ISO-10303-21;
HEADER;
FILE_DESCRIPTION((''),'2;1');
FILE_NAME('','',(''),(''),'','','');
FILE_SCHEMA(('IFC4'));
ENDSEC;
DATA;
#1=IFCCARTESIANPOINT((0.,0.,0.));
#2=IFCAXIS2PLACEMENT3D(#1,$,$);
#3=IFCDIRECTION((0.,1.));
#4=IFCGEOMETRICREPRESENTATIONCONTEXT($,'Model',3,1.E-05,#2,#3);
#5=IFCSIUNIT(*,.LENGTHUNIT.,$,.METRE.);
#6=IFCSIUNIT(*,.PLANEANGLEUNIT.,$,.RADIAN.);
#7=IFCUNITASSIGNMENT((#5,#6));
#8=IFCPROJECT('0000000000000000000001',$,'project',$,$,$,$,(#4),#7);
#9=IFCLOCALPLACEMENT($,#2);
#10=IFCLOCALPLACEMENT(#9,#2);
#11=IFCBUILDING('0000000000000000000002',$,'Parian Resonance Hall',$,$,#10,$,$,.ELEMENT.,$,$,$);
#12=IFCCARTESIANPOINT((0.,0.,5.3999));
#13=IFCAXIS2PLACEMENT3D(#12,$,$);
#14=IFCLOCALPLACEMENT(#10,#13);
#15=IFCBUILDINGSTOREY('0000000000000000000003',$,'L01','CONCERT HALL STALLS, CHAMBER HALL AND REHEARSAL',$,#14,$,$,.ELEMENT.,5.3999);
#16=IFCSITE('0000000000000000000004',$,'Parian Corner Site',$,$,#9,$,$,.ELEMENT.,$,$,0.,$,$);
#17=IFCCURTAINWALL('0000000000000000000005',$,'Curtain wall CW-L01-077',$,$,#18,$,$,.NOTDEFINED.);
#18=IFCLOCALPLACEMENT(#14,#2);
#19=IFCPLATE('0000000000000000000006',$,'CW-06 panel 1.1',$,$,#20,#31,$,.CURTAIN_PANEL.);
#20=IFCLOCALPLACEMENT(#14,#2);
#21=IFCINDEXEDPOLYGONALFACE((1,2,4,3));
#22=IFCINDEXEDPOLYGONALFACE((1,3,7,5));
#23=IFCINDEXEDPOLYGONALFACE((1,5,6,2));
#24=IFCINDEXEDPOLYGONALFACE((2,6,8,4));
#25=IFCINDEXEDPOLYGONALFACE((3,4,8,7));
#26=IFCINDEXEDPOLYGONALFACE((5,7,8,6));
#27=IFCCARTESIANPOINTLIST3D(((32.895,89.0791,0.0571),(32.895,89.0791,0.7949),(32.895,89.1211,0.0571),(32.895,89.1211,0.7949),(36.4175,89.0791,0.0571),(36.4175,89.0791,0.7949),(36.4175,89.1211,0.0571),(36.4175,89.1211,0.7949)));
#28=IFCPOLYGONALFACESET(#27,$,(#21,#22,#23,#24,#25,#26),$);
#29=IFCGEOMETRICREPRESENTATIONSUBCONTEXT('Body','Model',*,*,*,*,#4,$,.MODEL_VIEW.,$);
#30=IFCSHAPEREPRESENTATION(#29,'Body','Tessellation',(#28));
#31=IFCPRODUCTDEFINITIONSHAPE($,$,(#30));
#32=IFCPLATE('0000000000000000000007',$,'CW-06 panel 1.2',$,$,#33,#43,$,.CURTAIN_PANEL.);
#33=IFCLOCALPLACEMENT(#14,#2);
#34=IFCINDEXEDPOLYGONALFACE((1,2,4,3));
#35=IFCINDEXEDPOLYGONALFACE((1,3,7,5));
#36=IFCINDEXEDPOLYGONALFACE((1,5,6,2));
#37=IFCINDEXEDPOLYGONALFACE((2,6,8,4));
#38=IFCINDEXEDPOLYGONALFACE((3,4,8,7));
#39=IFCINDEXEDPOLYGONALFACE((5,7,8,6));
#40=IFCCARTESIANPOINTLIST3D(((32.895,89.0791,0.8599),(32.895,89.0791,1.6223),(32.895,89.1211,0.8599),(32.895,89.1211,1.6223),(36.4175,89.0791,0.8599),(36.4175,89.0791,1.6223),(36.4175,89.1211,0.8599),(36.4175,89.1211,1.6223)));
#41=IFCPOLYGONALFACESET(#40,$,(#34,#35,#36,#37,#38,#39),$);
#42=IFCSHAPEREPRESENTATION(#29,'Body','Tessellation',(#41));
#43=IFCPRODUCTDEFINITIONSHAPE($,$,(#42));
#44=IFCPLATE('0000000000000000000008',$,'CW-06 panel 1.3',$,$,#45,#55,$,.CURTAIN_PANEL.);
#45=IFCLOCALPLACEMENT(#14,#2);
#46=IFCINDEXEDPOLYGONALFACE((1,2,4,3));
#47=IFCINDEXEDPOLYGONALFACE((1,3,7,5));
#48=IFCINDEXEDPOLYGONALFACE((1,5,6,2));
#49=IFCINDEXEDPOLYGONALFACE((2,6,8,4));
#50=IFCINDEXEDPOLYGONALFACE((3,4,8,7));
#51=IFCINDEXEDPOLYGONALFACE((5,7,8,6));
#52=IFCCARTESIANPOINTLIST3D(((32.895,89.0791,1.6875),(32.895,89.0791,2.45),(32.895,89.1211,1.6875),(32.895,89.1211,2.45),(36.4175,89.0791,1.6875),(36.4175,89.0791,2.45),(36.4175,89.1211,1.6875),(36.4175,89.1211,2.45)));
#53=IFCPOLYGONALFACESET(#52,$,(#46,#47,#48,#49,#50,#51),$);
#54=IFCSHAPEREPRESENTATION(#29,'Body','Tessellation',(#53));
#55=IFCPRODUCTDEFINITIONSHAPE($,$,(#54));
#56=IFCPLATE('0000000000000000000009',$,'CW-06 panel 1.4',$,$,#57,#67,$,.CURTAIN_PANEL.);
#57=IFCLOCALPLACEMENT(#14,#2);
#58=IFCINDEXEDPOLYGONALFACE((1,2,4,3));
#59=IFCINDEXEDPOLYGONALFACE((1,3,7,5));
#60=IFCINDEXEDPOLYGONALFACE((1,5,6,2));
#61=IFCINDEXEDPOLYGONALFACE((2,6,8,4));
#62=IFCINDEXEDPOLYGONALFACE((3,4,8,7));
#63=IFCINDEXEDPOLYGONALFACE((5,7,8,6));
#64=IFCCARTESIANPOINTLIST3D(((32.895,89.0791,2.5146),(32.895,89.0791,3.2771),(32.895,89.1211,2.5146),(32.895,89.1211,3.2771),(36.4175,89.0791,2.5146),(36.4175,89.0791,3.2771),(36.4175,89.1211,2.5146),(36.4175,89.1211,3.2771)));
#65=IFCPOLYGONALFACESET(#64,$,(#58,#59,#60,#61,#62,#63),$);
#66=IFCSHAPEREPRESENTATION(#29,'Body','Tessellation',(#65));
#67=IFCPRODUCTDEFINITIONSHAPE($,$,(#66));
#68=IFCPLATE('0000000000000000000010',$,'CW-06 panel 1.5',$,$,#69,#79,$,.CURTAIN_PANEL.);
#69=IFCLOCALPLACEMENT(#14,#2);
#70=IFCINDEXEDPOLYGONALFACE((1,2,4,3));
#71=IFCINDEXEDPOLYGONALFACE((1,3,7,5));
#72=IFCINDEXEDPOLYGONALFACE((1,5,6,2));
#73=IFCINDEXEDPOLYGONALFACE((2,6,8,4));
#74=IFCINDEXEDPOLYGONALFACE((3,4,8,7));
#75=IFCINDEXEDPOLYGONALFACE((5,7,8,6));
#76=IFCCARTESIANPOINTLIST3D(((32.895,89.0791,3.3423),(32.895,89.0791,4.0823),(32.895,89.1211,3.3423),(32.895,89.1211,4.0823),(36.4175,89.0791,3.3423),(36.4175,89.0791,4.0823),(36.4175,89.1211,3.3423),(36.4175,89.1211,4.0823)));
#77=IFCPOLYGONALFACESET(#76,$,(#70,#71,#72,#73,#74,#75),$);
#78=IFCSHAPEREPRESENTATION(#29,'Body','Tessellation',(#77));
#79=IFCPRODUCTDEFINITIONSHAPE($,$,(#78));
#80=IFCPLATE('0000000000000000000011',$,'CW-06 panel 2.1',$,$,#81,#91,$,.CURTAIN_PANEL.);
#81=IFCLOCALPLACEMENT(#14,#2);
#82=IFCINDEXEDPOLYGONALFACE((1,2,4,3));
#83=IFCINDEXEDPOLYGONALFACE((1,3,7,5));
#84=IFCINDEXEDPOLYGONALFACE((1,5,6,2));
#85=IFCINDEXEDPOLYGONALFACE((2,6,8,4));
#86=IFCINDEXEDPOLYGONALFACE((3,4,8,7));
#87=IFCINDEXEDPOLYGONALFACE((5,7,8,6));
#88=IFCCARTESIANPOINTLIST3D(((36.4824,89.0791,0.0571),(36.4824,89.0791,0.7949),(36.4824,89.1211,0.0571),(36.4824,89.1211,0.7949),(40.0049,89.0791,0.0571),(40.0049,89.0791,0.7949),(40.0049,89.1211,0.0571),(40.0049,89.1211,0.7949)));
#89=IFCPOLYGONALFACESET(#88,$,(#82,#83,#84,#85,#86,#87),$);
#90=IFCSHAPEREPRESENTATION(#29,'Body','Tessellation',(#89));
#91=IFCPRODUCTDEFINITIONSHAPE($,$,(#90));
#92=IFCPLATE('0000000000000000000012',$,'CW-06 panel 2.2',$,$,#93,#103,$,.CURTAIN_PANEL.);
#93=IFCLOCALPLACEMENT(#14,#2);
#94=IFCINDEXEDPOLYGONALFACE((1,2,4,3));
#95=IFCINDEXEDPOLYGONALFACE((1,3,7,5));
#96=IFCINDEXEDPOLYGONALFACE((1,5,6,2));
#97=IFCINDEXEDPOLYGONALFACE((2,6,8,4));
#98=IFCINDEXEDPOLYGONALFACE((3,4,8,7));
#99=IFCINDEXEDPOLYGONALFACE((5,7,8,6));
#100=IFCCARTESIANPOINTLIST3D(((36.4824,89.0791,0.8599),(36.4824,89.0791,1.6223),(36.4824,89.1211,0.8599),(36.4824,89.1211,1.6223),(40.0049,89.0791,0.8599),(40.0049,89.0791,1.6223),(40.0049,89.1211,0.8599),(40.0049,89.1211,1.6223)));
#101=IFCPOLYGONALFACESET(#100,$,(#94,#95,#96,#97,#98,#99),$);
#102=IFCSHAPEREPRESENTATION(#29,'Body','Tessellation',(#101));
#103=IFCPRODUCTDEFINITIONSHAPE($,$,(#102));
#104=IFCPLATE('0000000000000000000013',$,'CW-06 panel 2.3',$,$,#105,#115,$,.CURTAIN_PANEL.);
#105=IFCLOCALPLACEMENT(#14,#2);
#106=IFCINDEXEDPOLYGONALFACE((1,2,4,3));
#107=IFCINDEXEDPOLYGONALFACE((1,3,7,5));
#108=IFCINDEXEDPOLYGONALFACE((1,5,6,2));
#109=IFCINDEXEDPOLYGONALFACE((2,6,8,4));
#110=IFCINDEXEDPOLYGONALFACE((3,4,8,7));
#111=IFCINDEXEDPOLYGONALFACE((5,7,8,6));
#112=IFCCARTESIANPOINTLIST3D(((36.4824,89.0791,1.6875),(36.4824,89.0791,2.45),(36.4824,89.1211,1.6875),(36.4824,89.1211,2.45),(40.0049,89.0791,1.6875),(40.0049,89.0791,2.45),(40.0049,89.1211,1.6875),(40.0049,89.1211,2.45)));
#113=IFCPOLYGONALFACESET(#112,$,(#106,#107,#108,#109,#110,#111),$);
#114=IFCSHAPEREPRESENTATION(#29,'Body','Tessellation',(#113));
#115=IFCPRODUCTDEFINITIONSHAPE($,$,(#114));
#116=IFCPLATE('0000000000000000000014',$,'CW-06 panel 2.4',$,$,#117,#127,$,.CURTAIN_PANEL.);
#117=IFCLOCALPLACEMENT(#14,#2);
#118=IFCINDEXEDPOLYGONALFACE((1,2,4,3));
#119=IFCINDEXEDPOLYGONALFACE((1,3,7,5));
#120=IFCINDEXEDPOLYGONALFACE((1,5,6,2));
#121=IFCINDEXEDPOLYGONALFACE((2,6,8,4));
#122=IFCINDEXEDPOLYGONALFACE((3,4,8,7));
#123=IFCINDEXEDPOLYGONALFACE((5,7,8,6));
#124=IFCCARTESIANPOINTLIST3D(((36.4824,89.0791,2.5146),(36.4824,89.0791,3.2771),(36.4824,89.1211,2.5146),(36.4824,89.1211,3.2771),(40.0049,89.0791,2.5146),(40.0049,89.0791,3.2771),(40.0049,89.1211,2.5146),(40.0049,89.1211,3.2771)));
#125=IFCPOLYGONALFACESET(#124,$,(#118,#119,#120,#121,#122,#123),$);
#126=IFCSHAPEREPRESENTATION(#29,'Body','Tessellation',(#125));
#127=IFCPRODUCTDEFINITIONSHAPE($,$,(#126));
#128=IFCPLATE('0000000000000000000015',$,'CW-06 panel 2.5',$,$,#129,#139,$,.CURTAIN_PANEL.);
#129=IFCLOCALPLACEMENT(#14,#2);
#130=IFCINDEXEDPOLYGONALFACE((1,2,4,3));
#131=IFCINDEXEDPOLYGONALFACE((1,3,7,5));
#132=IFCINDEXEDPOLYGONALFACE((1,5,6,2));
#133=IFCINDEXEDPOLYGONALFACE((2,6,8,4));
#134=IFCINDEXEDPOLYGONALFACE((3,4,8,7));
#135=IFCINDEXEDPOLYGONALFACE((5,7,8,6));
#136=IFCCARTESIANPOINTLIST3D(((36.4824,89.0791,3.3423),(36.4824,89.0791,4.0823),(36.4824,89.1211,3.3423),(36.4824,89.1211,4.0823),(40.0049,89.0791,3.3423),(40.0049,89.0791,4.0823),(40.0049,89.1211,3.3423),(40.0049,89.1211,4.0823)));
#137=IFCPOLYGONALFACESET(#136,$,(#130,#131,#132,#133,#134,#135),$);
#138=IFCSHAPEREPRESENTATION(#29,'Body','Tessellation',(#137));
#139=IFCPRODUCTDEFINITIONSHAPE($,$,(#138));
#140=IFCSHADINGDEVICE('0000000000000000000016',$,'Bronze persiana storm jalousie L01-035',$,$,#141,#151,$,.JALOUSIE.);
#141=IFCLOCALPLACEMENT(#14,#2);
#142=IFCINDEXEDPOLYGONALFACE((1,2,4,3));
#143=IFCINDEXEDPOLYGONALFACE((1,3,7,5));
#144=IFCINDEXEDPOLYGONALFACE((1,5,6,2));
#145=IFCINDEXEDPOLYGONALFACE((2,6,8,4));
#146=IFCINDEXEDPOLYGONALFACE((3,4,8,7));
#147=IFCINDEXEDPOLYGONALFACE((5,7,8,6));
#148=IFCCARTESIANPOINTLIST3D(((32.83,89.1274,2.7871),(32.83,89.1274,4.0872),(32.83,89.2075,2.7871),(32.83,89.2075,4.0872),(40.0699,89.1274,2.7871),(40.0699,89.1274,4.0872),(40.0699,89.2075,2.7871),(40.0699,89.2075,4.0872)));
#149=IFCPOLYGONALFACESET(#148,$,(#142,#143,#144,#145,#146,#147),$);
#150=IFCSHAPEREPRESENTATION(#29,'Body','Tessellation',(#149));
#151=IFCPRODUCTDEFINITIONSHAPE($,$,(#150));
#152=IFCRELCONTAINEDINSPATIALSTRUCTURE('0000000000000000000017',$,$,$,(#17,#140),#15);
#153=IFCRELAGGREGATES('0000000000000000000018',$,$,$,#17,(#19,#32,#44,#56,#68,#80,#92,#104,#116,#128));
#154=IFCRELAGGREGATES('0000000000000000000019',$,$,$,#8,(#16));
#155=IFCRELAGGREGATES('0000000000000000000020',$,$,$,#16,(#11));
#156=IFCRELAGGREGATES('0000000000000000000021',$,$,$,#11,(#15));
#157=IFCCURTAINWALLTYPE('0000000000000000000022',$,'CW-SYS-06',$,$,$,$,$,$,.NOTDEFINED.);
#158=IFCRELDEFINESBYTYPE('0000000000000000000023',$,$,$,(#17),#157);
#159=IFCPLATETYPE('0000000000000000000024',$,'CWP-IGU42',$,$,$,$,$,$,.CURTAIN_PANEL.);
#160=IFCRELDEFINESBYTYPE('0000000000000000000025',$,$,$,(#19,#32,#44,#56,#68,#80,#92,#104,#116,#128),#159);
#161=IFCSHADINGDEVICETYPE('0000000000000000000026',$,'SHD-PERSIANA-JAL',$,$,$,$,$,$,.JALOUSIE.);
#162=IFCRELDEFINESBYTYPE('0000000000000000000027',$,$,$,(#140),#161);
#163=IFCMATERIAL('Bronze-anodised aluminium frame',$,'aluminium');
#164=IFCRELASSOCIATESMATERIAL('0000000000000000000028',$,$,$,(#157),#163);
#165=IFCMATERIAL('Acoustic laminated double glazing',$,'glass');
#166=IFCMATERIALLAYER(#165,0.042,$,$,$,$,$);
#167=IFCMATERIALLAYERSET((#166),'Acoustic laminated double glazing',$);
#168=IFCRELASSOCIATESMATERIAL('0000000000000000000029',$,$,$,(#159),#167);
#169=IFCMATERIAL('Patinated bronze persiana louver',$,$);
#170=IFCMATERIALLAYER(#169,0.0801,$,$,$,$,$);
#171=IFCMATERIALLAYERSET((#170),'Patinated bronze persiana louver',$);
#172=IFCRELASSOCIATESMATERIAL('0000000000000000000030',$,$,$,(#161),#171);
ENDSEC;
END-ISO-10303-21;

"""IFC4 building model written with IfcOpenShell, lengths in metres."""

from ifc_helpers import new_model, si_unit, direction, frame, origin, origin_2d, place, context, subcontext, project, spatial, rectangle, extrude, material, layer, layer_set, type_object, element, aggregate, save


model = new_model("IFC4")

# Units and contexts
model_context = context("Model", 3, precision=1e-05, world=origin(), true_north=direction((0.0, 1.0)))
body_context = subcontext(model_context, "Body", "Model", "MODEL_VIEW")
ifc_project = project(units=[si_unit("LENGTHUNIT", "METRE"), si_unit("PLANEANGLEUNIT", "RADIAN")], contexts=[model_context])

# Site, building, storey
site_placement = place(None, origin())
site = spatial("IfcSite", under=ifc_project, at=site_placement, Name="Parian Corner Site", CompositionType="ELEMENT", RefElevation=0.0)
building_placement = place(site_placement, origin())
building = spatial("IfcBuilding", under=site, at=building_placement, Name="Parian Resonance Hall", CompositionType="ELEMENT")
storey_placement = place(building_placement, frame((0.0, 0.0, 5.3999)))
storey = spatial("IfcBuildingStorey", under=building, at=storey_placement, Name="L01", Description="CONCERT HALL STALLS, CHAMBER HALL AND REHEARSAL", CompositionType="ELEMENT", Elevation=5.3999)

# Curtain wall, plates
ifc_material_1 = material(Name="Bronze-anodised aluminium frame", Category="aluminium")
curtain_wall_type = type_object("IfcCurtainWallType", Name="CW-SYS-06", PredefinedType="NOTDEFINED", material=ifc_material_1)
curtain_wall_placement = place(storey_placement, origin())
curtain_wall = element("IfcCurtainWall", 1, at=curtain_wall_placement, inside=storey, type_object=curtain_wall_type, Name="Curtain wall CW-L01-077", PredefinedType="NOTDEFINED")
ifc_material_2 = material(Name="Acoustic laminated double glazing", Category="glass")
ifc_layer_1 = layer(ifc_material_2, 0.042)
ifc_layer_set_1 = layer_set([ifc_layer_1], Name="Acoustic laminated double glazing")
plate_type = type_object("IfcPlateType", Name="CWP-IGU42", PredefinedType="CURTAIN_PANEL", material=ifc_layer_set_1)
plate_1_placement = place(storey_placement, frame((34.6562, 89.1001, 0.0571), z_axis=(0.0, 0.0, 1.0), x_axis=(1.0, 0.0, 0.0)))
plate_1 = element("IfcPlate", 2, at=plate_1_placement, type_object=plate_type, Name="CW-06 panel 1.1", PredefinedType="CURTAIN_PANEL", context=body_context, shape_type="SweptSolid", body=[
    extrude(rectangle(XDim=3.5225, YDim=0.042, at=origin_2d()), origin(), (0.0, 0.0, 1.0), 0.7378),
])
plate_2_placement = place(storey_placement, frame((34.6562, 89.1001, 0.8599), z_axis=(0.0, 0.0, 1.0), x_axis=(1.0, 0.0, 0.0)))
plate_2 = element("IfcPlate", 3, at=plate_2_placement, type_object=plate_type, Name="CW-06 panel 1.2", PredefinedType="CURTAIN_PANEL", context=body_context, shape_type="SweptSolid", body=[
    extrude(rectangle(XDim=3.5225, YDim=0.042, at=origin_2d()), origin(), (0.0, 0.0, 1.0), 0.7625),
])
plate_3_placement = place(storey_placement, frame((34.6562, 89.1001, 1.6875), z_axis=(0.0, 0.0, 1.0), x_axis=(1.0, 0.0, 0.0)))
plate_3 = element("IfcPlate", 4, at=plate_3_placement, type_object=plate_type, Name="CW-06 panel 1.3", PredefinedType="CURTAIN_PANEL", context=body_context, shape_type="SweptSolid", body=[
    extrude(rectangle(XDim=3.5225, YDim=0.042, at=origin_2d()), origin(), (0.0, 0.0, 1.0), 0.7625),
])
plate_4_placement = place(storey_placement, frame((34.6562, 89.1001, 2.5146), z_axis=(0.0, 0.0, 1.0), x_axis=(1.0, 0.0, 0.0)))
plate_4 = element("IfcPlate", 5, at=plate_4_placement, type_object=plate_type, Name="CW-06 panel 1.4", PredefinedType="CURTAIN_PANEL", context=body_context, shape_type="SweptSolid", body=[
    extrude(rectangle(XDim=3.5225, YDim=0.042, at=origin_2d()), origin(), (0.0, 0.0, 1.0), 0.7625),
])
plate_5_placement = place(storey_placement, frame((34.6562, 89.1001, 3.3423), z_axis=(0.0, 0.0, 1.0), x_axis=(1.0, 0.0, 0.0)))
plate_5 = element("IfcPlate", 6, at=plate_5_placement, type_object=plate_type, Name="CW-06 panel 1.5", PredefinedType="CURTAIN_PANEL", context=body_context, shape_type="SweptSolid", body=[
    extrude(rectangle(XDim=3.5225, YDim=0.042, at=origin_2d()), origin(), (0.0, 0.0, 1.0), 0.74),
])
plate_6_placement = place(storey_placement, frame((38.2437, 89.1001, 0.0571), z_axis=(0.0, 0.0, 1.0), x_axis=(1.0, 0.0, 0.0)))
plate_6 = element("IfcPlate", 7, at=plate_6_placement, type_object=plate_type, Name="CW-06 panel 2.1", PredefinedType="CURTAIN_PANEL", context=body_context, shape_type="SweptSolid", body=[
    extrude(rectangle(XDim=3.5225, YDim=0.042, at=origin_2d()), origin(), (0.0, 0.0, 1.0), 0.7378),
])
plate_7_placement = place(storey_placement, frame((38.2437, 89.1001, 0.8599), z_axis=(0.0, 0.0, 1.0), x_axis=(1.0, 0.0, 0.0)))
plate_7 = element("IfcPlate", 8, at=plate_7_placement, type_object=plate_type, Name="CW-06 panel 2.2", PredefinedType="CURTAIN_PANEL", context=body_context, shape_type="SweptSolid", body=[
    extrude(rectangle(XDim=3.5225, YDim=0.042, at=origin_2d()), origin(), (0.0, 0.0, 1.0), 0.7625),
])
plate_8_placement = place(storey_placement, frame((38.2437, 89.1001, 1.6875), z_axis=(0.0, 0.0, 1.0), x_axis=(1.0, 0.0, 0.0)))
plate_8 = element("IfcPlate", 9, at=plate_8_placement, type_object=plate_type, Name="CW-06 panel 2.3", PredefinedType="CURTAIN_PANEL", context=body_context, shape_type="SweptSolid", body=[
    extrude(rectangle(XDim=3.5225, YDim=0.042, at=origin_2d()), origin(), (0.0, 0.0, 1.0), 0.7625),
])
plate_9_placement = place(storey_placement, frame((38.2437, 89.1001, 2.5146), z_axis=(0.0, 0.0, 1.0), x_axis=(1.0, 0.0, 0.0)))
plate_9 = element("IfcPlate", 10, at=plate_9_placement, type_object=plate_type, Name="CW-06 panel 2.4", PredefinedType="CURTAIN_PANEL", context=body_context, shape_type="SweptSolid", body=[
    extrude(rectangle(XDim=3.5225, YDim=0.042, at=origin_2d()), origin(), (0.0, 0.0, 1.0), 0.7625),
])
plate_10_placement = place(storey_placement, frame((38.2437, 89.1001, 3.3423), z_axis=(0.0, 0.0, 1.0), x_axis=(1.0, 0.0, 0.0)))
plate_10 = element("IfcPlate", 11, at=plate_10_placement, type_object=plate_type, Name="CW-06 panel 2.5", PredefinedType="CURTAIN_PANEL", context=body_context, shape_type="SweptSolid", body=[
    extrude(rectangle(XDim=3.5225, YDim=0.042, at=origin_2d()), origin(), (0.0, 0.0, 1.0), 0.74),
])
aggregate(curtain_wall, [plate_1, plate_2, plate_3, plate_4, plate_5, plate_6, plate_7, plate_8, plate_9, plate_10])

# Shading device
ifc_material_3 = material(Name="Patinated bronze persiana louver")
ifc_layer_2 = layer(ifc_material_3, 0.0801)
ifc_layer_set_2 = layer_set([ifc_layer_2], Name="Patinated bronze persiana louver")
shading_device_type = type_object("IfcShadingDeviceType", Name="SHD-PERSIANA-JAL", PredefinedType="JALOUSIE", material=ifc_layer_set_2)
shading_device_placement = place(storey_placement, frame((36.45, 89.1675, 2.7871), z_axis=(0.0, 0.0, 1.0), x_axis=(1.0, 0.0, 0.0)))
element("IfcShadingDevice", 12, at=shading_device_placement, inside=storey, type_object=shading_device_type, Name="Bronze persiana storm jalousie L01-035", PredefinedType="JALOUSIE", context=body_context, shape_type="SweptSolid", body=[
    extrude(rectangle(XDim=7.24, YDim=0.0801, at=origin_2d()), origin(), (0.0, 0.0, 1.0), 1.3),
])

save(model, "model.ifc")
